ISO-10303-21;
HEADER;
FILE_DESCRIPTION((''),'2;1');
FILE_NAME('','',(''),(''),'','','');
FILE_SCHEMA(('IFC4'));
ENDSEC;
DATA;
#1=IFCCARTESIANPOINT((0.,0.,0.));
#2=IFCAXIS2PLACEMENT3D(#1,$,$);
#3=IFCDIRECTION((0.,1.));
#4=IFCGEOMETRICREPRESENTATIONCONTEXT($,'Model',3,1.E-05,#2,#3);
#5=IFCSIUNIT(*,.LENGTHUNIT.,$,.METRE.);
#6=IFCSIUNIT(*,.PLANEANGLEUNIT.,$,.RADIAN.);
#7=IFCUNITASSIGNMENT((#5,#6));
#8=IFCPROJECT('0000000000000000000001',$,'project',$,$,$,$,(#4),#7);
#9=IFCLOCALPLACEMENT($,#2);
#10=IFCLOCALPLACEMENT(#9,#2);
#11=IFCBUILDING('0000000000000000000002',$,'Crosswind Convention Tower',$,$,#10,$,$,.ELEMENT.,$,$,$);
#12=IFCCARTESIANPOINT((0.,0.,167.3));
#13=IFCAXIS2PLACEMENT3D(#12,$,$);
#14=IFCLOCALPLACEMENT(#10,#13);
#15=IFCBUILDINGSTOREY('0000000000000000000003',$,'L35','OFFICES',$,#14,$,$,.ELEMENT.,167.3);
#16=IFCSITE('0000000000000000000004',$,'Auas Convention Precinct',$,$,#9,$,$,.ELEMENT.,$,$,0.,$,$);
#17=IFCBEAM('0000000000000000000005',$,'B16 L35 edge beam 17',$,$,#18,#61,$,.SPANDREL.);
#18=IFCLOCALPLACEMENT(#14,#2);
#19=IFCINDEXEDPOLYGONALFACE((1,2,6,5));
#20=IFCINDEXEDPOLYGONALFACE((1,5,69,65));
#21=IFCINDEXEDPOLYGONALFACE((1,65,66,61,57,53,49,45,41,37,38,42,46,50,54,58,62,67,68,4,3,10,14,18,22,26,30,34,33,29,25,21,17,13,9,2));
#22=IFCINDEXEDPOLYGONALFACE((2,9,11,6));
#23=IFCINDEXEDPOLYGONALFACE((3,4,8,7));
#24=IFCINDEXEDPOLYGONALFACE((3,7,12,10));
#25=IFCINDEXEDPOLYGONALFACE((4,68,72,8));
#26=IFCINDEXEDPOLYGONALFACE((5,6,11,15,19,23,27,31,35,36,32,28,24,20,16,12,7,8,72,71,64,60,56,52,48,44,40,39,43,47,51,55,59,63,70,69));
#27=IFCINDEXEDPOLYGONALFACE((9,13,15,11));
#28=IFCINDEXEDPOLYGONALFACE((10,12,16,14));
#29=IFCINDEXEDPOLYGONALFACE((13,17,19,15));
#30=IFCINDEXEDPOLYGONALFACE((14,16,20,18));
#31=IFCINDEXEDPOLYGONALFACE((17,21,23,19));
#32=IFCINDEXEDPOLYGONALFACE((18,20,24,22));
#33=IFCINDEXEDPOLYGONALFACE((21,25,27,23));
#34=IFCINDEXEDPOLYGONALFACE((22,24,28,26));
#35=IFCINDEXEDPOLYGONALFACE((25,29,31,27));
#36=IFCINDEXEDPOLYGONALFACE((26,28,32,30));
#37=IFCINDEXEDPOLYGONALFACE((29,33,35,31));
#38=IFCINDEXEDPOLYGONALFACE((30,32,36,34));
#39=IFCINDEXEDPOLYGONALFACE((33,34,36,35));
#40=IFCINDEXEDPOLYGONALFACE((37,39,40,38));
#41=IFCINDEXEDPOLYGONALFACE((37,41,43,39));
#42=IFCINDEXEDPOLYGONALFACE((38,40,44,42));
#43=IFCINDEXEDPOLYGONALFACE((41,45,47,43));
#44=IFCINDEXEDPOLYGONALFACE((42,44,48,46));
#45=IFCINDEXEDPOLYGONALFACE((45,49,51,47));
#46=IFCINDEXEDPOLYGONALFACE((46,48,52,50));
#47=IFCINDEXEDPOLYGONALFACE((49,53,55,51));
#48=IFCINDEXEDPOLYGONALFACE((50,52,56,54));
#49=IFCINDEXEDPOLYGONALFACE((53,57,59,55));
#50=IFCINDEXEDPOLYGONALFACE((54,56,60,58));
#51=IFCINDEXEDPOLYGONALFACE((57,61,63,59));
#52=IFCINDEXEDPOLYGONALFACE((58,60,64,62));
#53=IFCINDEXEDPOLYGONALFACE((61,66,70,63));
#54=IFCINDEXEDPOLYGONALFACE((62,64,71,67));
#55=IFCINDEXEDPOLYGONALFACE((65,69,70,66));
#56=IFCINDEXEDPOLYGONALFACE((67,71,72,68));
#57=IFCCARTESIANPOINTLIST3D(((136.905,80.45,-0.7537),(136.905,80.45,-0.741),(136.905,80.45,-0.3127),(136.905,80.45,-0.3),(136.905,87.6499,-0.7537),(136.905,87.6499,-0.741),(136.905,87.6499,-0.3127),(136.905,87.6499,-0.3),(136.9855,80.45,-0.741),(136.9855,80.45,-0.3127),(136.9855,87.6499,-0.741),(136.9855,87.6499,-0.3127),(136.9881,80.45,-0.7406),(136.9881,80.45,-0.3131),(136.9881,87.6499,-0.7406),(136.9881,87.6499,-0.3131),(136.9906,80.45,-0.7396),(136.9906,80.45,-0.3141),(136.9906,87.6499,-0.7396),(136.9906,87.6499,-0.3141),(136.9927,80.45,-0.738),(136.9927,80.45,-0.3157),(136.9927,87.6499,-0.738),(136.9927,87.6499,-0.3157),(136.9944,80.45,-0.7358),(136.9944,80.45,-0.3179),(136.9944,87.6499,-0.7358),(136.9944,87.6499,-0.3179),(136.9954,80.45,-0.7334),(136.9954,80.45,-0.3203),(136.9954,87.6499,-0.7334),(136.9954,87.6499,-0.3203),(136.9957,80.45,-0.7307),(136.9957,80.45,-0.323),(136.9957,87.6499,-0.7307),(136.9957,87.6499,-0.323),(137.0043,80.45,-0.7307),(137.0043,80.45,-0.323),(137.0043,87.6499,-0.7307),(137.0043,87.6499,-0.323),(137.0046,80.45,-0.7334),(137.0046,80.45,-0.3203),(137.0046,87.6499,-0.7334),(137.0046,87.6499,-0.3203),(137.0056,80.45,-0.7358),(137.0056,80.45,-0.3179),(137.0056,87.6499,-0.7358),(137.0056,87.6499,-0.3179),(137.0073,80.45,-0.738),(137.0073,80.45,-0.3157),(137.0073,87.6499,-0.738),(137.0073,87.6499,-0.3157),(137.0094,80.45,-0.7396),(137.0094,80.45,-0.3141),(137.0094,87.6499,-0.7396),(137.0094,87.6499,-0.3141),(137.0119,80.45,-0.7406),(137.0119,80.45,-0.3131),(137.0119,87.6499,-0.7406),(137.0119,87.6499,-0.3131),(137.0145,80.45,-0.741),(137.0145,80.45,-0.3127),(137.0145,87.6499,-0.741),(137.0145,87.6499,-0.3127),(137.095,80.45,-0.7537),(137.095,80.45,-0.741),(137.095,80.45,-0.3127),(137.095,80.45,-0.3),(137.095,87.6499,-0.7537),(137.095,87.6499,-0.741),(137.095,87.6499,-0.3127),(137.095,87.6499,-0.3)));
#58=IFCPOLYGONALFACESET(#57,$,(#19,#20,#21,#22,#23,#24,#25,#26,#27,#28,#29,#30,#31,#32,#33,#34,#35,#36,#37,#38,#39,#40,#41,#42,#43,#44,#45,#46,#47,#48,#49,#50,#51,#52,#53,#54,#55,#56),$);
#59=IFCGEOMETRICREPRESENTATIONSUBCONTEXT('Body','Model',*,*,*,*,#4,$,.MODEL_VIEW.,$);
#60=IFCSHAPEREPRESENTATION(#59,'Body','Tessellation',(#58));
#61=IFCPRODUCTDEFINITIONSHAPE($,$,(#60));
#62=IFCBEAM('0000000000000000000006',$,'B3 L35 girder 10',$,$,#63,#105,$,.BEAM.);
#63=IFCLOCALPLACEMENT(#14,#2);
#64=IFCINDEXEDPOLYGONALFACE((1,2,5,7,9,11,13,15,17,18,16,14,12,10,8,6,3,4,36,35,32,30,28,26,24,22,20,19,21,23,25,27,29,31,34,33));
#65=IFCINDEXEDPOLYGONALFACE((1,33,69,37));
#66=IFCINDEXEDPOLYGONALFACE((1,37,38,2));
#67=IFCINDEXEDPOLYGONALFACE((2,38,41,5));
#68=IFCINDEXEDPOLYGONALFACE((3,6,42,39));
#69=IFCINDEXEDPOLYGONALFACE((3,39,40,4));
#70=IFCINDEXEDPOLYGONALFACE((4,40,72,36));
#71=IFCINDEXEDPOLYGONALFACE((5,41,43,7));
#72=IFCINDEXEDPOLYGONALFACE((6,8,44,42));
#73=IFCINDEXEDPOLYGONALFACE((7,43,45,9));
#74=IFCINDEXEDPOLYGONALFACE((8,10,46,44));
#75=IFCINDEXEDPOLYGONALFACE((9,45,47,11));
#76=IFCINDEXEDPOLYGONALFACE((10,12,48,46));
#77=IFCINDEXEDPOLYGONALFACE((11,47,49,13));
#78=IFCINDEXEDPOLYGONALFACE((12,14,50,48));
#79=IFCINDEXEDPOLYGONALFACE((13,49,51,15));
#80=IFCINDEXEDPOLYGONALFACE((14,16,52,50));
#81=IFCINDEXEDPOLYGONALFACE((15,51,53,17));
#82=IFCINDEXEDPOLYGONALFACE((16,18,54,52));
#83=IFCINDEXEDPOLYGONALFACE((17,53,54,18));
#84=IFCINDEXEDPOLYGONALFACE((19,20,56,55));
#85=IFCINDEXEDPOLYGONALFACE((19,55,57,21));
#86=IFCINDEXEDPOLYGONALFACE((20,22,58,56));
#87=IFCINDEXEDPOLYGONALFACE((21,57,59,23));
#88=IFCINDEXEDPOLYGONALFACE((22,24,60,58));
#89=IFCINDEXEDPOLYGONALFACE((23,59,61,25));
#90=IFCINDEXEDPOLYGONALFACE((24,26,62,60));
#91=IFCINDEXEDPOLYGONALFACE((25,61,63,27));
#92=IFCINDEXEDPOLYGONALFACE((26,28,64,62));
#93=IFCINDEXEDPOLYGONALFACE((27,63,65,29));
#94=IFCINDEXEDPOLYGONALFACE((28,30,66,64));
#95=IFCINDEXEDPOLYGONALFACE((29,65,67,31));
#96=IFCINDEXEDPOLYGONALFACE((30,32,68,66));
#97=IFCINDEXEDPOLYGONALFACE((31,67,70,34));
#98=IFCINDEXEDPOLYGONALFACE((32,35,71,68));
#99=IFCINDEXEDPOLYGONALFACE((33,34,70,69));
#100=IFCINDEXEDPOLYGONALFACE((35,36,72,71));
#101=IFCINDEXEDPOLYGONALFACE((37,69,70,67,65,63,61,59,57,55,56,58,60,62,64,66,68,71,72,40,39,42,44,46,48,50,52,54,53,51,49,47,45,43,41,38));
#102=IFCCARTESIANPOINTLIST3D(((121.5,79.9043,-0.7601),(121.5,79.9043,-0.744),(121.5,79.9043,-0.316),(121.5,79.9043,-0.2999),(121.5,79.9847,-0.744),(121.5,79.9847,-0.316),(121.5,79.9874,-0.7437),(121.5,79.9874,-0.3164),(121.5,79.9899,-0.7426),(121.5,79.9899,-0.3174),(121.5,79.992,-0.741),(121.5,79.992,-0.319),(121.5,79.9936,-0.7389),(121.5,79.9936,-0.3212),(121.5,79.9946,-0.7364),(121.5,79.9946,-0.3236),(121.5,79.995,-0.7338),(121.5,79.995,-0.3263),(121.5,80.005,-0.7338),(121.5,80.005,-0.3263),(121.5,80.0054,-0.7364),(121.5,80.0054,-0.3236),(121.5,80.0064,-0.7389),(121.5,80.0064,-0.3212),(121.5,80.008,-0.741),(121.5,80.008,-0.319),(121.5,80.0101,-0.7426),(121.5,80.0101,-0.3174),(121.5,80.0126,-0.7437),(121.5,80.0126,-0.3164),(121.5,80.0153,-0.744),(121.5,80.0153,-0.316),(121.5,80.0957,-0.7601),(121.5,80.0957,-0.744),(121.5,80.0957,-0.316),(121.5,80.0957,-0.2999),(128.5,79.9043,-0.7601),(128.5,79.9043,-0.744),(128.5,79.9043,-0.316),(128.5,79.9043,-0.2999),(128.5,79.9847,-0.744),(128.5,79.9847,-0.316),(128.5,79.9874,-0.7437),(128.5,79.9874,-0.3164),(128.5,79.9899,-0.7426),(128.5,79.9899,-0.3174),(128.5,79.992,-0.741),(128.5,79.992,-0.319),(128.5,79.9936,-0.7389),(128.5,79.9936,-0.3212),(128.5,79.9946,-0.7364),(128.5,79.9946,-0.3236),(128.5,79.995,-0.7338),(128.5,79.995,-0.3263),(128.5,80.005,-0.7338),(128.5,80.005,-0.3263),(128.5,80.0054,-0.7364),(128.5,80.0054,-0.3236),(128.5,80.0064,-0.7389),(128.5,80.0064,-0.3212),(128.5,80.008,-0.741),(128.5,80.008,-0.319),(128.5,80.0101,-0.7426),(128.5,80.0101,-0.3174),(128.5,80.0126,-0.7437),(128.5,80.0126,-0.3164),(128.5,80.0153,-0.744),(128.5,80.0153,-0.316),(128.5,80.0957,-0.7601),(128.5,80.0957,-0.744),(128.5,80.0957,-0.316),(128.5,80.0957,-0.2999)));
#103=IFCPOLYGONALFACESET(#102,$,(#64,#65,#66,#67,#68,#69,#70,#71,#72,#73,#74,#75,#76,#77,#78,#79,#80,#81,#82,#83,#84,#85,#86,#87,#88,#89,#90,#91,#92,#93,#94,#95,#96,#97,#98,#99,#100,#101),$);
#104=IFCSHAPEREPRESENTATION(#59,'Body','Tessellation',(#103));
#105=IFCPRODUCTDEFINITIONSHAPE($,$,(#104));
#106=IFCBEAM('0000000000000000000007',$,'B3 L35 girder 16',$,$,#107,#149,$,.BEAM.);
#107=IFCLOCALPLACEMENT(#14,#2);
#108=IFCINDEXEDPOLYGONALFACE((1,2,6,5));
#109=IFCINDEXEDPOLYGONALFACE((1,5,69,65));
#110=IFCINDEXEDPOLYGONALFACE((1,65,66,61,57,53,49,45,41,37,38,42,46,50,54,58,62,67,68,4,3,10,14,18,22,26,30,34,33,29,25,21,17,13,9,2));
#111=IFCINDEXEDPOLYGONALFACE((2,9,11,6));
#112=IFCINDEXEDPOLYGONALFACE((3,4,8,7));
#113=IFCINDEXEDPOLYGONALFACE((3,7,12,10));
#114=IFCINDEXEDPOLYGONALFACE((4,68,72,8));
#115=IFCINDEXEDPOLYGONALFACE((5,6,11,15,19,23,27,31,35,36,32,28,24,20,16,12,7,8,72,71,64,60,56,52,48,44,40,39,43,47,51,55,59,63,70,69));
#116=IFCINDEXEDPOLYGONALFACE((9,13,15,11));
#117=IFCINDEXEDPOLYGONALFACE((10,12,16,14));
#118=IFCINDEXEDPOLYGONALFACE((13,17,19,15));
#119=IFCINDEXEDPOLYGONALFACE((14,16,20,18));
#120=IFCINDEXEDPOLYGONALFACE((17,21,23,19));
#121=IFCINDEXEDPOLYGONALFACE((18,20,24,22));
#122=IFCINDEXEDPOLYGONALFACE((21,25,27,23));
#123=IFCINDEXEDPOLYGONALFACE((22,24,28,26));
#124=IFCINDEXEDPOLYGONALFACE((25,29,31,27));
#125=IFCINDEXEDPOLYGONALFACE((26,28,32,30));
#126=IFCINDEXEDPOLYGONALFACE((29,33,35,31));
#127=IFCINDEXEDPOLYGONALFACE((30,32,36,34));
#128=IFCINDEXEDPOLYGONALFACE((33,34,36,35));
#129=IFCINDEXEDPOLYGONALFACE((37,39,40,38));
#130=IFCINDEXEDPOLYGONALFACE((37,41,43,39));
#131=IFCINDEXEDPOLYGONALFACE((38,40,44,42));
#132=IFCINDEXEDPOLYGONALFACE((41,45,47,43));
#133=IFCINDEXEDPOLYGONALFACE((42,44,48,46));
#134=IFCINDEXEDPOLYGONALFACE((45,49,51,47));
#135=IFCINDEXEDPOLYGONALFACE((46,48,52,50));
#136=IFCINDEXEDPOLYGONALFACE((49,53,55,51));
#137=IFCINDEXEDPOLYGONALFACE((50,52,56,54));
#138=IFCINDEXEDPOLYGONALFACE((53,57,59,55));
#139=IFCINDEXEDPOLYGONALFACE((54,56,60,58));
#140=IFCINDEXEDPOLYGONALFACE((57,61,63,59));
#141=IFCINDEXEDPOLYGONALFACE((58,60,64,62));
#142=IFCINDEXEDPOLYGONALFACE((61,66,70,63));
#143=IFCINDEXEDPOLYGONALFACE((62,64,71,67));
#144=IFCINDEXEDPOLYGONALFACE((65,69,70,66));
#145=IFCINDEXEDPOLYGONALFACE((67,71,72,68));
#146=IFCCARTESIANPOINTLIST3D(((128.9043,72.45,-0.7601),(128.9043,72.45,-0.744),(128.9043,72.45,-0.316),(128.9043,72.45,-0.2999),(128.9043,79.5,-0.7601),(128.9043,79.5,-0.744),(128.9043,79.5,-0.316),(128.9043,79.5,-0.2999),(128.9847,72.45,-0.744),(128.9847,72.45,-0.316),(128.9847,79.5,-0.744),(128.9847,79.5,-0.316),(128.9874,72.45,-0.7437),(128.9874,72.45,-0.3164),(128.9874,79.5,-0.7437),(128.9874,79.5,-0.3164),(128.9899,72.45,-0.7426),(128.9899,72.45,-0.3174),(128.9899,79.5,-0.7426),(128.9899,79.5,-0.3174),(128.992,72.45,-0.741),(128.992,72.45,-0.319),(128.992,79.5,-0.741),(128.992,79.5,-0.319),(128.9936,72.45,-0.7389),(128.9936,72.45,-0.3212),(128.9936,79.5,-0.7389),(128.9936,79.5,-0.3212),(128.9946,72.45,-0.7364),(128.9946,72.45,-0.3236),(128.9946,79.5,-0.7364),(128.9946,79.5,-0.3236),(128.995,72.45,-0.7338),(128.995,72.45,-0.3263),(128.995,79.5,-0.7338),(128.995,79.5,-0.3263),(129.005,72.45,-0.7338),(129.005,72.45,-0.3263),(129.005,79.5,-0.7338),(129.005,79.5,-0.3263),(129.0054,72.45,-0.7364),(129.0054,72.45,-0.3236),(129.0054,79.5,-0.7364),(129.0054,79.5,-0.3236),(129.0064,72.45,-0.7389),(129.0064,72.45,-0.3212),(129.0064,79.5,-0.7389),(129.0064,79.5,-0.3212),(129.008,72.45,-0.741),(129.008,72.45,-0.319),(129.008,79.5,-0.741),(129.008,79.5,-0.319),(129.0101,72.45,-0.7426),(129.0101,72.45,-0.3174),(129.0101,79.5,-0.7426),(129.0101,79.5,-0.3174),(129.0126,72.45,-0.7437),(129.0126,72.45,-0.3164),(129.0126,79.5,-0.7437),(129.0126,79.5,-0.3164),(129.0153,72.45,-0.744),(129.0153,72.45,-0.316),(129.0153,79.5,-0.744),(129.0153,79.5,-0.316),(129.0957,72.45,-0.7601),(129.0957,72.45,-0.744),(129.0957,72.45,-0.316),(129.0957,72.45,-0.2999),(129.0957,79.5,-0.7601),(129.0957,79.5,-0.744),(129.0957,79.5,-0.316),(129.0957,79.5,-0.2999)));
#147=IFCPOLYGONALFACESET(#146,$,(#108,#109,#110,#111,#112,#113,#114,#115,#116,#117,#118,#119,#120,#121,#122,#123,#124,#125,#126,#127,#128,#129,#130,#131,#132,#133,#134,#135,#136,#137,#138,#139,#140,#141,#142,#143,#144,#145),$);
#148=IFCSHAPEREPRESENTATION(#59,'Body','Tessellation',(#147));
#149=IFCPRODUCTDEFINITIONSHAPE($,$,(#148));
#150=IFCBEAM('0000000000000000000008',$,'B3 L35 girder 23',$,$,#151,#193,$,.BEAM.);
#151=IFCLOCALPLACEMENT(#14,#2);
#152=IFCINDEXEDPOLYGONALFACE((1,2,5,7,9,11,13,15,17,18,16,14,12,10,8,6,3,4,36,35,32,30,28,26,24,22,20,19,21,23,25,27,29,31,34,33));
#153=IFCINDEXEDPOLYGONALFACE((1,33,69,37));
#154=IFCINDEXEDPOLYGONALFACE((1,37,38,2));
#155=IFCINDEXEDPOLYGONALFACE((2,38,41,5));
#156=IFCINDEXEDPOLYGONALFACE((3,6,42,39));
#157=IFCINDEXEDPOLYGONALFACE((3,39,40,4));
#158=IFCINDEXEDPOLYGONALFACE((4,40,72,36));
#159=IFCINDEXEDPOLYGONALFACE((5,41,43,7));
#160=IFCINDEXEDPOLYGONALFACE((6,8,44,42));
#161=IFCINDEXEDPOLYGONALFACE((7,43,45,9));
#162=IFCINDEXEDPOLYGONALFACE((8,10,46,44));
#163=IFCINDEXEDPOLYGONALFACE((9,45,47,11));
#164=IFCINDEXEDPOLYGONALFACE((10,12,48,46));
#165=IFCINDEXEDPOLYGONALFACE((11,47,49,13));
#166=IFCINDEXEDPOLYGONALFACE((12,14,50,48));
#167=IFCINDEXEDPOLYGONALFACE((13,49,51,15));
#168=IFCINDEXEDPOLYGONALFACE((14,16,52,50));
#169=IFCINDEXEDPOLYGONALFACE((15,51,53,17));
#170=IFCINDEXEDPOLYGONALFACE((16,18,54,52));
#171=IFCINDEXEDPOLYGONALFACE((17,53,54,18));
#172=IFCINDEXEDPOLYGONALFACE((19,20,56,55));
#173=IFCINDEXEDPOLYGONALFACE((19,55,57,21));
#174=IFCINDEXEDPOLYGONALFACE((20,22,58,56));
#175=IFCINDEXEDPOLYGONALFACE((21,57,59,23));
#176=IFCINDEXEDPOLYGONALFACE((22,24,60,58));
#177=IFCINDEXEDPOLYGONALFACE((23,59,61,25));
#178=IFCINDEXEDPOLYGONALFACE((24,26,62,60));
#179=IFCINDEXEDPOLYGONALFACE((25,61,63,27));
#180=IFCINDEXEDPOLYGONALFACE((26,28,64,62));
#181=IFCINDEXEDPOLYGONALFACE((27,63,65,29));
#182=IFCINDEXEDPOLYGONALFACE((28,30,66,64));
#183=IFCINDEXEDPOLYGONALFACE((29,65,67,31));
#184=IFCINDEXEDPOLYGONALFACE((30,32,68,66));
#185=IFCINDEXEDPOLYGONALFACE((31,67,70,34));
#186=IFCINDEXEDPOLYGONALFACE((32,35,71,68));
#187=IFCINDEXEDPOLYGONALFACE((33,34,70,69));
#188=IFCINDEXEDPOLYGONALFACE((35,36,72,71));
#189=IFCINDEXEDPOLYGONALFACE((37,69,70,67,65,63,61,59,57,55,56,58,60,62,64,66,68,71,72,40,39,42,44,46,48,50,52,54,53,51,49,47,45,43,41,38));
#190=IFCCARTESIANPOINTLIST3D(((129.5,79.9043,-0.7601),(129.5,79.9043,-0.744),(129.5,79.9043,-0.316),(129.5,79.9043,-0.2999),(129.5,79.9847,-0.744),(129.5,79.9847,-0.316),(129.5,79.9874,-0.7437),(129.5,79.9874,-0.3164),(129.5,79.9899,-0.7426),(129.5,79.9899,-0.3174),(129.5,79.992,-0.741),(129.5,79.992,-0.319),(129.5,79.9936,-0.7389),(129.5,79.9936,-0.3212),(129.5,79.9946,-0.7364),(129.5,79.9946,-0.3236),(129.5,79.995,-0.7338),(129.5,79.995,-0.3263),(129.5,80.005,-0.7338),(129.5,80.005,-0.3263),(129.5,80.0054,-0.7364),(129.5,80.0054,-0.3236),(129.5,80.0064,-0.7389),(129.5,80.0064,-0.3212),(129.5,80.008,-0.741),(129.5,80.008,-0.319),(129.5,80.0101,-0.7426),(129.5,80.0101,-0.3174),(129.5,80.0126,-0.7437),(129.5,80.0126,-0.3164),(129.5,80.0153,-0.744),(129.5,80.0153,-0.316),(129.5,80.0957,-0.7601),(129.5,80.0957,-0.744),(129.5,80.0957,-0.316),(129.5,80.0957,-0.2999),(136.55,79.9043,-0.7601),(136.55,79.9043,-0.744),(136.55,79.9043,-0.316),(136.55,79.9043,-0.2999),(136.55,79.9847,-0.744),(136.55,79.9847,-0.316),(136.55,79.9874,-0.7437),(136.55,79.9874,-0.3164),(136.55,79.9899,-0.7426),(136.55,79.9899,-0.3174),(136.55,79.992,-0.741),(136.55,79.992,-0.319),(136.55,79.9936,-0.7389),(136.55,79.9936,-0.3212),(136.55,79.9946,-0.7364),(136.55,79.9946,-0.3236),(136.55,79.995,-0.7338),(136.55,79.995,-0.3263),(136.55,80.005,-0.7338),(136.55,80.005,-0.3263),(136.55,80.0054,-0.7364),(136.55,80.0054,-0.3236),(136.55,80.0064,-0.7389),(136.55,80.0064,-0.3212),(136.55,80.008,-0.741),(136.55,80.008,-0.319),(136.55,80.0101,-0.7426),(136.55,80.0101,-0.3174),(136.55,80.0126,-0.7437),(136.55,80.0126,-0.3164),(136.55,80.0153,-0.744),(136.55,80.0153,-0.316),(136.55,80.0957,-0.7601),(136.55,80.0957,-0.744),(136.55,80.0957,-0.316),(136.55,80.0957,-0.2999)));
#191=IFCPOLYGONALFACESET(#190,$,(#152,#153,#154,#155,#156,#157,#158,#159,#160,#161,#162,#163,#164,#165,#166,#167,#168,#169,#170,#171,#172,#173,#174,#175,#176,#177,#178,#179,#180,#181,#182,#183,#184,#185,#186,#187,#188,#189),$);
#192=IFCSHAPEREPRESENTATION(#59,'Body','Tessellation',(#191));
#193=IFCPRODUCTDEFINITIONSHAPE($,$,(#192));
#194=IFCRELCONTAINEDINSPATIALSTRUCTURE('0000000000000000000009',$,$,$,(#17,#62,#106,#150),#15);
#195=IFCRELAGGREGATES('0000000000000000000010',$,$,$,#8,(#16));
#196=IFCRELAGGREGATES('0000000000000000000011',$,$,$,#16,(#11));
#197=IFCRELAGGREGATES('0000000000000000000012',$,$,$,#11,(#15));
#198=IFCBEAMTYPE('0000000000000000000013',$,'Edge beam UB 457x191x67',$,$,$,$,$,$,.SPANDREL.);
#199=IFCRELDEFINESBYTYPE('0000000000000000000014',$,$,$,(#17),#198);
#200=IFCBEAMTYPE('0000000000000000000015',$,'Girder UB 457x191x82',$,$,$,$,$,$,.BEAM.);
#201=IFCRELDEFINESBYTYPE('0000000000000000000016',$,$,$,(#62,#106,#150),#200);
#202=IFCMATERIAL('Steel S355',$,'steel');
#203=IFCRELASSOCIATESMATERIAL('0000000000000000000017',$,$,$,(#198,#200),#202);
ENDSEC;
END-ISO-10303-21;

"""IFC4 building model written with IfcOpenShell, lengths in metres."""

from ifc_helpers import new_model, si_unit, direction, frame, origin, origin_2d, place, context, subcontext, project, spatial, i_section, extrude, material, material_profile, profile_set, type_object, element, save


model = new_model("IFC4")

# Units and contexts
model_context = context("Model", 3, precision=1e-05, world=origin(), true_north=direction((0.0, 1.0)))
body_context = subcontext(model_context, "Body", "Model", "MODEL_VIEW")
ifc_project = project(units=[si_unit("LENGTHUNIT", "METRE"), si_unit("PLANEANGLEUNIT", "RADIAN")], contexts=[model_context])

# Site, building, storey
site_placement = place(None, origin())
site = spatial("IfcSite", under=ifc_project, at=site_placement, Name="Auas Convention Precinct", CompositionType="ELEMENT", RefElevation=0.0)
building_placement = place(site_placement, origin())
building = spatial("IfcBuilding", under=site, at=building_placement, Name="Crosswind Convention Tower", CompositionType="ELEMENT")
storey_placement = place(building_placement, frame((0.0, 0.0, 167.3)))
storey = spatial("IfcBuildingStorey", under=building, at=storey_placement, Name="L35", Description="OFFICES", CompositionType="ELEMENT", Elevation=167.3)

# Beams
ifc_material_1 = material(Name="Steel S355", Category="steel")
ifc_material_profile_1 = material_profile(ifc_material_1, i_section(OverallWidth=0.1899, OverallDepth=0.4536, WebThickness=0.0085, FlangeThickness=0.0127, FilletRadius=0.0103, at=origin_2d()), Name="UB 457x191x67")
ifc_profile_set_1 = profile_set([ifc_material_profile_1], Name="Steel S355")
beam_type_1 = type_object("IfcBeamType", Name="Edge beam UB 457x191x67", PredefinedType="SPANDREL", material=ifc_profile_set_1)
for number, where, z_axis, x_axis, name in (
    (1, (137.0, 80.45, -0.5269), (0.0, 1.0, 0.0), (-1.0, 0.0, 0.0), "B16 L35 edge beam 17"),
):
    element("IfcBeam", number, at=place(storey_placement, frame(where, z_axis=z_axis, x_axis=x_axis)), inside=storey, type_object=beam_type_1, Name=name, PredefinedType="SPANDREL", context=body_context, shape_type="SweptSolid", body=[
        extrude(i_section(OverallWidth=0.1899, OverallDepth=0.4536, WebThickness=0.0085, FlangeThickness=0.0127, FilletRadius=0.0103, at=origin_2d()), origin(), (0.0, 0.0, 1.0), 7.2),
    ])
ifc_material_profile_2 = material_profile(ifc_material_1, i_section(OverallWidth=0.1914, OverallDepth=0.4602, WebThickness=0.01, FlangeThickness=0.0161, FilletRadius=0.0103, at=origin_2d()), Name="UB 457x191x82")
ifc_profile_set_2 = profile_set([ifc_material_profile_2], Name="Steel S355")
beam_type_2 = type_object("IfcBeamType", Name="Girder UB 457x191x82", PredefinedType="BEAM", material=ifc_profile_set_2)
beam_1_placement = place(storey_placement, frame((121.5, 80.0, -0.53), z_axis=(1.0, 0.0, 0.0), x_axis=(0.0, 1.0, 0.0)))
element("IfcBeam", 2, at=beam_1_placement, inside=storey, type_object=beam_type_2, Name="B3 L35 girder 10", PredefinedType="BEAM", context=body_context, shape_type="SweptSolid", body=[
    extrude(i_section(OverallWidth=0.1914, OverallDepth=0.4602, WebThickness=0.01, FlangeThickness=0.0161, FilletRadius=0.0103, at=origin_2d()), origin(), (0.0, 0.0, 1.0), 7.0),
])
for number, where, z_axis, x_axis, name in (
    (3, (129.0, 72.45, -0.53), (0.0, 1.0, 0.0), (-1.0, 0.0, 0.0), "B3 L35 girder 16"),
    (4, (129.5, 80.0, -0.53), (1.0, 0.0, 0.0), (0.0, 1.0, 0.0), "B3 L35 girder 23"),
):
    element("IfcBeam", number, at=place(storey_placement, frame(where, z_axis=z_axis, x_axis=x_axis)), inside=storey, type_object=beam_type_2, Name=name, PredefinedType="BEAM", context=body_context, shape_type="SweptSolid", body=[
        extrude(i_section(OverallWidth=0.1914, OverallDepth=0.4602, WebThickness=0.01, FlangeThickness=0.0161, FilletRadius=0.0103, at=origin_2d()), origin(), (0.0, 0.0, 1.0), 7.05),
    ])

save(model, "model.ifc")
